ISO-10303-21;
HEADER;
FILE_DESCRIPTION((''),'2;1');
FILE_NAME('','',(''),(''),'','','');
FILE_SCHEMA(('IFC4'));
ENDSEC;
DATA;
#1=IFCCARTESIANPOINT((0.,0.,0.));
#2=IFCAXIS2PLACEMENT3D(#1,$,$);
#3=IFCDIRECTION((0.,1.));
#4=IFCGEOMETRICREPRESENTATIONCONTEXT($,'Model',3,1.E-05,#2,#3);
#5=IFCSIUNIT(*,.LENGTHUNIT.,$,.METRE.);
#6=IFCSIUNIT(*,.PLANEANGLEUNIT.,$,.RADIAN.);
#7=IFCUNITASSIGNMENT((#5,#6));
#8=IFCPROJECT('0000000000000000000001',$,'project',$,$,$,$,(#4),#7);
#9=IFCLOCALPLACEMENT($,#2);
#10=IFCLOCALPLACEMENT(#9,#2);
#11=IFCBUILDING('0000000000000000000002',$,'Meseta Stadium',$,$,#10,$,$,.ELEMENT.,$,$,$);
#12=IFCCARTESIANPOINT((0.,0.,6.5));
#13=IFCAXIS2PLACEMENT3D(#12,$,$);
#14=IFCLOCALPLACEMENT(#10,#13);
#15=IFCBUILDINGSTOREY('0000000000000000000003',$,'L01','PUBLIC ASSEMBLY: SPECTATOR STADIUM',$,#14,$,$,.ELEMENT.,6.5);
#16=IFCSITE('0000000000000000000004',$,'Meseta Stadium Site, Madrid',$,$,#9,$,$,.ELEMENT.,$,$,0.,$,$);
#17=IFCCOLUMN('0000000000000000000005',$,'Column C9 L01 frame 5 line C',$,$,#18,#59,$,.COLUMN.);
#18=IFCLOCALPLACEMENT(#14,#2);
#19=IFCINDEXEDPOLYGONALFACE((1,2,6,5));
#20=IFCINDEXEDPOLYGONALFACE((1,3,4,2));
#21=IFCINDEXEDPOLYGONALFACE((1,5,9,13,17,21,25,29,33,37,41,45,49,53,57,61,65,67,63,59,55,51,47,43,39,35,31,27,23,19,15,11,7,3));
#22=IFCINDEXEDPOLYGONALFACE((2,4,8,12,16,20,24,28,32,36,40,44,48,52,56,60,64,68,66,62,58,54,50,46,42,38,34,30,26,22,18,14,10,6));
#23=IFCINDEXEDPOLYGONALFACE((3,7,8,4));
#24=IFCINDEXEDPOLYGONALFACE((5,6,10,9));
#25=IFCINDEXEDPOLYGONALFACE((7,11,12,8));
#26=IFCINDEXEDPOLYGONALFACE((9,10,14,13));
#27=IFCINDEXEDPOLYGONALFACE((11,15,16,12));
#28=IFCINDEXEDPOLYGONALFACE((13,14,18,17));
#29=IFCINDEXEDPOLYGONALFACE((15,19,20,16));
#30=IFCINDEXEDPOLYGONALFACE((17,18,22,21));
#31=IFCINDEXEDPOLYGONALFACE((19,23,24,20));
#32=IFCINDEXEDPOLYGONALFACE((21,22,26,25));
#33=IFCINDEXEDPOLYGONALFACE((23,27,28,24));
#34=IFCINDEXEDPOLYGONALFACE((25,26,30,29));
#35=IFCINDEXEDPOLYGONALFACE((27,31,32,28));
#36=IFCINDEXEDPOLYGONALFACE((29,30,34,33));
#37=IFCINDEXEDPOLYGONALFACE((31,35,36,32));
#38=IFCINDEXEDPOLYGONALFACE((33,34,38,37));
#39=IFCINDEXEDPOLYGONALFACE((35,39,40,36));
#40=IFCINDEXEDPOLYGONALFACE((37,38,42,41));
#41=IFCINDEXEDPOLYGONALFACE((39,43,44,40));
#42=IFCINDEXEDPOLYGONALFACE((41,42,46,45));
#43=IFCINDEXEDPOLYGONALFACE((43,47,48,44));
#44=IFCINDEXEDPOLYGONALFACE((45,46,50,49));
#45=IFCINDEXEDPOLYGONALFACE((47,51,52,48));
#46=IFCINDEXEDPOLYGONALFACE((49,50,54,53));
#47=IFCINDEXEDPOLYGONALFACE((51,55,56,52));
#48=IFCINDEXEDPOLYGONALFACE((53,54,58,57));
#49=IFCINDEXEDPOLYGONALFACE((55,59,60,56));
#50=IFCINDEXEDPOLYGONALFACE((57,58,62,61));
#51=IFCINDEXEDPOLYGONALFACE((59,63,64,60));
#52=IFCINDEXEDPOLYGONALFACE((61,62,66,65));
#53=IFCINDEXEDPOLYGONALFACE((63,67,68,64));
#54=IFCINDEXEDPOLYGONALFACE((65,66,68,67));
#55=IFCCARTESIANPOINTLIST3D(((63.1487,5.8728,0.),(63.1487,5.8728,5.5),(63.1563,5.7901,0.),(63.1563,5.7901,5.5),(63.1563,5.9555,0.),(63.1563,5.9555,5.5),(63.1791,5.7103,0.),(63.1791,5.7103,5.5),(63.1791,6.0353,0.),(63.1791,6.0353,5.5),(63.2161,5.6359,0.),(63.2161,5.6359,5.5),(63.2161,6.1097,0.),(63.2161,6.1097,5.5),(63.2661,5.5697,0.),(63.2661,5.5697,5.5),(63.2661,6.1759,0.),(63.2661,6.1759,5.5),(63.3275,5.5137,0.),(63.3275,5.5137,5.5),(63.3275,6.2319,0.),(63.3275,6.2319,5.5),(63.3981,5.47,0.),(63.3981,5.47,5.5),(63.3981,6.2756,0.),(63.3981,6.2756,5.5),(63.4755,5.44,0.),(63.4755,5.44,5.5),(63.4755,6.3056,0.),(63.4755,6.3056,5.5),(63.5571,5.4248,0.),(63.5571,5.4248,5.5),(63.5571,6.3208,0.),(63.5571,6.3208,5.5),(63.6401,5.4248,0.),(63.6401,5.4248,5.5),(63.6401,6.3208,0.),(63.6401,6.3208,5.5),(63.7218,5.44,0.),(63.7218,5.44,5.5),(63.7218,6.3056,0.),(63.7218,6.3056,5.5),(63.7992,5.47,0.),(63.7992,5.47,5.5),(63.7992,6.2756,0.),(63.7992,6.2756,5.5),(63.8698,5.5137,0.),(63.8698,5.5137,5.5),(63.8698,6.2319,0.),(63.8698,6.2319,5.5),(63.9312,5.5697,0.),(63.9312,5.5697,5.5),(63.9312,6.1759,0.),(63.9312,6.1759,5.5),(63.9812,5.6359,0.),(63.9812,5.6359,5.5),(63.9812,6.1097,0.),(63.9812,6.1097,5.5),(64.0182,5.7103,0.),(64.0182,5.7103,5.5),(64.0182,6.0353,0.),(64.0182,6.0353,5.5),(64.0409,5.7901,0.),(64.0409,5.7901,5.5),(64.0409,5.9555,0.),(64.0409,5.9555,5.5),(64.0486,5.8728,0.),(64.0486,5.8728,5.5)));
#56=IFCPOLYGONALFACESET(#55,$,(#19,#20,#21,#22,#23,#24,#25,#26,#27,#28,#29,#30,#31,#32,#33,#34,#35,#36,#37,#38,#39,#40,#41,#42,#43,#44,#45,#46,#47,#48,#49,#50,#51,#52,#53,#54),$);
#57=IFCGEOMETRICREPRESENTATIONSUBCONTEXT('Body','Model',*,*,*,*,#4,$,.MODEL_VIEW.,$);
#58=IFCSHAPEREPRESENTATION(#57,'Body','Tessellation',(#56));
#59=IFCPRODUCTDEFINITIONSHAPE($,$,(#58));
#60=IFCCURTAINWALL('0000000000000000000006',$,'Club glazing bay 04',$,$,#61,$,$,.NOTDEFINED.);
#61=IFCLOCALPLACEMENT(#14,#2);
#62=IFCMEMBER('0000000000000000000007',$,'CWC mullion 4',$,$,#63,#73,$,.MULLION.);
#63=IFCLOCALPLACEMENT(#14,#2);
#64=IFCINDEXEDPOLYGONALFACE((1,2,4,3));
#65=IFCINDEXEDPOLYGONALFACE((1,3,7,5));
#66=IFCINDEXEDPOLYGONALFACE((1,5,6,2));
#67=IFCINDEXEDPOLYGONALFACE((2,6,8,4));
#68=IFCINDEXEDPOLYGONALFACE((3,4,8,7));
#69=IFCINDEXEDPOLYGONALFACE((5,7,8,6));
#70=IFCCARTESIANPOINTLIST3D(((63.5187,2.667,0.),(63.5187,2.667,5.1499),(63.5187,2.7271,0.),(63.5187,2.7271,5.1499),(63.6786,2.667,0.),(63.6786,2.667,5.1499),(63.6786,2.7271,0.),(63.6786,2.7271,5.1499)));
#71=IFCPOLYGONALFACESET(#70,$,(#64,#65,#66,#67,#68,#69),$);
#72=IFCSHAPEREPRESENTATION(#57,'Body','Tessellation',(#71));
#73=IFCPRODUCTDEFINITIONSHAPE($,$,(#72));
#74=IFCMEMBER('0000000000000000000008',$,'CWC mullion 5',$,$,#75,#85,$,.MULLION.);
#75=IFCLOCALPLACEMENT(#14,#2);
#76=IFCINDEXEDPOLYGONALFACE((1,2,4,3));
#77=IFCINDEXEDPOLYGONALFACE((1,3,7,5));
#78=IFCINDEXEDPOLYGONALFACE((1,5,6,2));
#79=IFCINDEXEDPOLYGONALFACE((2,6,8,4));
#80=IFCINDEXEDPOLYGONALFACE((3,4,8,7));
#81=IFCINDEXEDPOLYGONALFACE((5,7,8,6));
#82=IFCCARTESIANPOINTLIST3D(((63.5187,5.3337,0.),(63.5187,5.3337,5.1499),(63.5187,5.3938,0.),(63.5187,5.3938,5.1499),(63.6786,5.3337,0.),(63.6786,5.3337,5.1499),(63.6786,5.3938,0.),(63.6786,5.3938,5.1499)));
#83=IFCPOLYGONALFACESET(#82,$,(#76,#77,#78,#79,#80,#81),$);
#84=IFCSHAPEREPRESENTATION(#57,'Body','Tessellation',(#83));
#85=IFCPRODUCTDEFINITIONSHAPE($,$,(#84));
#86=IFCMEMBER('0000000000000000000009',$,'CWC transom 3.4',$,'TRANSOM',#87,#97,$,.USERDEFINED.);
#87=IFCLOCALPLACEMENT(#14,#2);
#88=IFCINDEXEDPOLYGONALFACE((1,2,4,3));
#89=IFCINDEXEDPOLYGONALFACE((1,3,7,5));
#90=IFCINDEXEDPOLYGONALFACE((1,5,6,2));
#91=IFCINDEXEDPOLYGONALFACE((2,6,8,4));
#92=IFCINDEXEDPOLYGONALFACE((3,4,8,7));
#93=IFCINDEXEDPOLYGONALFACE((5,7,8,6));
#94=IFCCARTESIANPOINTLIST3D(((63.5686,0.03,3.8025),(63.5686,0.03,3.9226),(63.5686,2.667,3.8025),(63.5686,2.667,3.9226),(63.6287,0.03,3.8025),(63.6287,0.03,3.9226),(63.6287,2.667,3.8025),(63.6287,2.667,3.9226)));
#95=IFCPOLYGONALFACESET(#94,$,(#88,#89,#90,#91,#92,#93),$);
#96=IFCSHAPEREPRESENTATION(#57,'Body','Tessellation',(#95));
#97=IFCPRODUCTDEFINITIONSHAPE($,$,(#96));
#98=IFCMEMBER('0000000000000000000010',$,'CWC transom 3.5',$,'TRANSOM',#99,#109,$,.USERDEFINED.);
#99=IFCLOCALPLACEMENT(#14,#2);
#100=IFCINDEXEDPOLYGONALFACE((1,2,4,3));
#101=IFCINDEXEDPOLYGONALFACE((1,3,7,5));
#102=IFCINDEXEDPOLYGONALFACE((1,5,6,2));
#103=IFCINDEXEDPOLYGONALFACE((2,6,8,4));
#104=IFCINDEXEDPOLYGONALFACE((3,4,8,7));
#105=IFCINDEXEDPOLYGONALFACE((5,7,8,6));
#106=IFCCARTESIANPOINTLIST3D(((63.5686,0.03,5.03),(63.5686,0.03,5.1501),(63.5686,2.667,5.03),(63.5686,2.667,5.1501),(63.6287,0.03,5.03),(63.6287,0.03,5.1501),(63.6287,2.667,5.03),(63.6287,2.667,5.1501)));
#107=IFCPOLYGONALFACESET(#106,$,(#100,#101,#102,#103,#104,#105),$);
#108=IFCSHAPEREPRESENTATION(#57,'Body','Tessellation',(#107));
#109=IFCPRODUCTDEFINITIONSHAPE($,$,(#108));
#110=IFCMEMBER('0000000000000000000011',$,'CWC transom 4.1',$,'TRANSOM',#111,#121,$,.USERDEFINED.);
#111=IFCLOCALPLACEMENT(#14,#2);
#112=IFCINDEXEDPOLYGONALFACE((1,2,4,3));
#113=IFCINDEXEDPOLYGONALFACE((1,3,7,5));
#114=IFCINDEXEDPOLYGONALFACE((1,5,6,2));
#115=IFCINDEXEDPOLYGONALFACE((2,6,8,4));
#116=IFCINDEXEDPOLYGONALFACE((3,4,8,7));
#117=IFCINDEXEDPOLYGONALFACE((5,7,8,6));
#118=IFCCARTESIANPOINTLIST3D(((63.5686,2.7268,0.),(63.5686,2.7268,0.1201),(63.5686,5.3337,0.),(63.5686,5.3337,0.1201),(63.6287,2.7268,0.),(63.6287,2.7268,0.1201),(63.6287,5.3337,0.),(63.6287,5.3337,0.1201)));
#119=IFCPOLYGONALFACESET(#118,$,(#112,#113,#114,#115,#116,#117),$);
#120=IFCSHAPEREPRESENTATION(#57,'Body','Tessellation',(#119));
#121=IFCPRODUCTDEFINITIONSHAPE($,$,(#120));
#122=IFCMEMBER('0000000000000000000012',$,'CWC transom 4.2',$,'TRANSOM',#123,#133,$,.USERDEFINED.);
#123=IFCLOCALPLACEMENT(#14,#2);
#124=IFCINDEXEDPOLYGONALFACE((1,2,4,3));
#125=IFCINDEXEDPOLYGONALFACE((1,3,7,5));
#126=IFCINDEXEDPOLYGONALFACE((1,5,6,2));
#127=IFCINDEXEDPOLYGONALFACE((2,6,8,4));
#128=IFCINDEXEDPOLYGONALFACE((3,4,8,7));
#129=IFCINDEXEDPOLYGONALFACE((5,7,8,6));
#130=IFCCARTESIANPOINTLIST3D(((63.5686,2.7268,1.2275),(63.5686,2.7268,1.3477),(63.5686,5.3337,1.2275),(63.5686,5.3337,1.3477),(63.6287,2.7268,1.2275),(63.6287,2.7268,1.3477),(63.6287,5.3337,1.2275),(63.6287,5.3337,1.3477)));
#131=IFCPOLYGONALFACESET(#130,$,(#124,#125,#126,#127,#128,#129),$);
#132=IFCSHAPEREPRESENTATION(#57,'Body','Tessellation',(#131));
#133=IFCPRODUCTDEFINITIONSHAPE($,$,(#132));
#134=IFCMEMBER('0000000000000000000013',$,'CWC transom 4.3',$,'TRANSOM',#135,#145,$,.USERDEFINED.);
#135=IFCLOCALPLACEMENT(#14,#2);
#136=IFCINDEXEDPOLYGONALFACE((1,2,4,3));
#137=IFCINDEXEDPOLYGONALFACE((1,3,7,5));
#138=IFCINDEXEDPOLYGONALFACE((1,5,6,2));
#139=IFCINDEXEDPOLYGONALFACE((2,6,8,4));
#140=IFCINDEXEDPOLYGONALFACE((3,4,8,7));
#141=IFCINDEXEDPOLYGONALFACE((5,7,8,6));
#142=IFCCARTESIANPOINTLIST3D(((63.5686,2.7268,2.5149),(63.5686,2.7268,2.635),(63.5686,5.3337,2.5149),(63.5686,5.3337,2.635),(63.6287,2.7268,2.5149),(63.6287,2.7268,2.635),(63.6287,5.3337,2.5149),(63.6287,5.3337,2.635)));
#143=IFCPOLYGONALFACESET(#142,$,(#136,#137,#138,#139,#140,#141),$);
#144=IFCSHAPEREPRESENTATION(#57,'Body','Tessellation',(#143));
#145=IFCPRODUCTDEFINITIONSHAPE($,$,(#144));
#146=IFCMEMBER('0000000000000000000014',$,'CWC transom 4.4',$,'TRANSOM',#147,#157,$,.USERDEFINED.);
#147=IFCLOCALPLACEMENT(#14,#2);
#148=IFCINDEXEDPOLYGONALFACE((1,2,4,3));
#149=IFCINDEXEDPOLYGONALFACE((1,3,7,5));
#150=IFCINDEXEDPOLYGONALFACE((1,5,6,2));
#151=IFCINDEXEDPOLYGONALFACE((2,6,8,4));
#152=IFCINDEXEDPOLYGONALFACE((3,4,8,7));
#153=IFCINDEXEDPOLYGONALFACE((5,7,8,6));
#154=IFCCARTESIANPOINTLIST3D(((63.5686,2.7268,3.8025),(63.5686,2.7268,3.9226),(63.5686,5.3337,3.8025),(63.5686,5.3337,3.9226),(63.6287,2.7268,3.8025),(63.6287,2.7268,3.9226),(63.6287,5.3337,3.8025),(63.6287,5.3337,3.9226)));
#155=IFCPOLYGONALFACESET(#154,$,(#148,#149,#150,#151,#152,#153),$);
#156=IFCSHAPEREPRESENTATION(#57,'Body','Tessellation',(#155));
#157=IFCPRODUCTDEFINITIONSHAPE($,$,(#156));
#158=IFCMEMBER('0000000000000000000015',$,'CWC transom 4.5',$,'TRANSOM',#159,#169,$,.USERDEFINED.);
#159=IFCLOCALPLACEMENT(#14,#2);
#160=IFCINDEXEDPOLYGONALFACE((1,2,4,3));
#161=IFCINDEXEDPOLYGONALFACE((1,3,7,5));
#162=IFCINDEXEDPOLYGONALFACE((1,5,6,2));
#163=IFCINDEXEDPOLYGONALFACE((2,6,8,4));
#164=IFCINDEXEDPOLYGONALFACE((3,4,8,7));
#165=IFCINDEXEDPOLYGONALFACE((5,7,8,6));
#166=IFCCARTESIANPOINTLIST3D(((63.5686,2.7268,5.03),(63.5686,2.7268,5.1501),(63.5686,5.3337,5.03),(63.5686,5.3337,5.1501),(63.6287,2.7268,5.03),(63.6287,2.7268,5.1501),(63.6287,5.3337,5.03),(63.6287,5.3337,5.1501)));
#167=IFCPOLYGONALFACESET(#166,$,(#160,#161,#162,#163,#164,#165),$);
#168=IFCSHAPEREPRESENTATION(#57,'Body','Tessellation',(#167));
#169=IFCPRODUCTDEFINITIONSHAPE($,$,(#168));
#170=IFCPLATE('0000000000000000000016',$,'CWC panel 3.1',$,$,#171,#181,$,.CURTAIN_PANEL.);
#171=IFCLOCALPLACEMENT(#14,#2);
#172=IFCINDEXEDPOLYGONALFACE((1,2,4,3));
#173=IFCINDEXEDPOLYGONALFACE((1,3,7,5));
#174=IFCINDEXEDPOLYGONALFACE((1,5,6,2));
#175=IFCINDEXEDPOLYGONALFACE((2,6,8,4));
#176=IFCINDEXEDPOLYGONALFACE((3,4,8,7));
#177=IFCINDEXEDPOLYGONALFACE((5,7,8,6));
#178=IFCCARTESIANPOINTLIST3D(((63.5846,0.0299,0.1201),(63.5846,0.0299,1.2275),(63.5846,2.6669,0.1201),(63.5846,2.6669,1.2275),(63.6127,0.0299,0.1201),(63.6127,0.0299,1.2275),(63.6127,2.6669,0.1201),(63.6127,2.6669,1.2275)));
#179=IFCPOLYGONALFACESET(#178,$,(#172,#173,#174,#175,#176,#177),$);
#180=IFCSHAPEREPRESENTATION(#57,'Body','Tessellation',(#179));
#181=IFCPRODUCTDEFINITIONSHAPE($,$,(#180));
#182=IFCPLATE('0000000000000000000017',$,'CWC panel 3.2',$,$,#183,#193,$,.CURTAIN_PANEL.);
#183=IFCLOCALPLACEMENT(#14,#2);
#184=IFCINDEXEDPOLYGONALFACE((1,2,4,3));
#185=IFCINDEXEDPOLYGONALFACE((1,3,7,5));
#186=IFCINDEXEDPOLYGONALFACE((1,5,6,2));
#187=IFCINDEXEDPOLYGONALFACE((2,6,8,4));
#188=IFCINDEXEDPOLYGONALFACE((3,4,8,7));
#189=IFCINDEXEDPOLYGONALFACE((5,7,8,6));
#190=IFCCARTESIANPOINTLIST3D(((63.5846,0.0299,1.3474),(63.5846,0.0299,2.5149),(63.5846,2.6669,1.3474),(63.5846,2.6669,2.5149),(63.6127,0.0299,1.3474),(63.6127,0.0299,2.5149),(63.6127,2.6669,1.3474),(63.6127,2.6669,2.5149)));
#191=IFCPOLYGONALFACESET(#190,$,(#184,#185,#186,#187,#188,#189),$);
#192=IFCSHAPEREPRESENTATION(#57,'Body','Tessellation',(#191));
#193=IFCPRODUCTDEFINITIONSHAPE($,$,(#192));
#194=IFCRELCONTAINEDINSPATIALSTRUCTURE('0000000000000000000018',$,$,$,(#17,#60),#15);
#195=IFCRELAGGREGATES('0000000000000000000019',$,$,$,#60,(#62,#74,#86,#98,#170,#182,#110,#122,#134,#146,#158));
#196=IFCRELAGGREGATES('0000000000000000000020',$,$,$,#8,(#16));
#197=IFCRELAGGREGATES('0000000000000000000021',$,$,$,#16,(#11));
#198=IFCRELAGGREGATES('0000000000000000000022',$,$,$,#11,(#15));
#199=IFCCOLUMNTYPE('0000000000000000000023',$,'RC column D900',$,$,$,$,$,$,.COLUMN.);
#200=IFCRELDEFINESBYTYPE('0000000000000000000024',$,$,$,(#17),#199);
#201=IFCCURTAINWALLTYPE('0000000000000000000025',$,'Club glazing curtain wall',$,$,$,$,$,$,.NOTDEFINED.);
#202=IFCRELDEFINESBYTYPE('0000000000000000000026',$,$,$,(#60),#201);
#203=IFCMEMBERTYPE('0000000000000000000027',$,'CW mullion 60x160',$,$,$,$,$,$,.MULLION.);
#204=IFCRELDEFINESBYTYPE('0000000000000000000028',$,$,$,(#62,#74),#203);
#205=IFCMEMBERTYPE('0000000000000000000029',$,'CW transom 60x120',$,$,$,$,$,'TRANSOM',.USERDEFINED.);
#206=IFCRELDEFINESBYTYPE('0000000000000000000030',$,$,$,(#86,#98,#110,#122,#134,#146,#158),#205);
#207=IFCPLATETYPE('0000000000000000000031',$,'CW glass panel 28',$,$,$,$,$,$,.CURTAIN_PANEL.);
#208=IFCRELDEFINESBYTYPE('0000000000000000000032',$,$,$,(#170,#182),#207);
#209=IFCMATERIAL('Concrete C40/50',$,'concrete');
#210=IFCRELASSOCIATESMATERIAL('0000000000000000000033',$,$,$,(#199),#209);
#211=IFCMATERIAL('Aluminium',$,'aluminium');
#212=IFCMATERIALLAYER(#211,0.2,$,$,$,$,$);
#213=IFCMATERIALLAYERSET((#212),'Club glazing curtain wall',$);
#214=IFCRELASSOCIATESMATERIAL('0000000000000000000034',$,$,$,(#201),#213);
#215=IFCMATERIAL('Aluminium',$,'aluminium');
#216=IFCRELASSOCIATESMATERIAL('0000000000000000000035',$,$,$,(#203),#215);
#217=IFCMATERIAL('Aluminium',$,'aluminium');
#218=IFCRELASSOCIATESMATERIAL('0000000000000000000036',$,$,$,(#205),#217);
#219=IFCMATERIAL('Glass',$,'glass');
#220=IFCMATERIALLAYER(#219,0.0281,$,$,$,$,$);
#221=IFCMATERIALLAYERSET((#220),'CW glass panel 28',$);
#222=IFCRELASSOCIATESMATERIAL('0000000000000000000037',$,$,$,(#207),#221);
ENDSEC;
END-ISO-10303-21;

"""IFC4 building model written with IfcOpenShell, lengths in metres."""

from ifc_helpers import new_model, si_unit, direction, frame, origin, origin_2d, place, context, subcontext, project, spatial, rectangle, circle, extrude, material, layer, layer_set, material_profile, profile_set, type_object, element, aggregate, save


model = new_model("IFC4")

# Units and contexts
model_context = context("Model", 3, precision=1e-05, world=origin(), true_north=direction((0.0, 1.0)))
body_context = subcontext(model_context, "Body", "Model", "MODEL_VIEW")
ifc_project = project(units=[si_unit("LENGTHUNIT", "METRE"), si_unit("PLANEANGLEUNIT", "RADIAN")], contexts=[model_context])

# Site, building, storey
site_placement = place(None, origin())
site = spatial("IfcSite", under=ifc_project, at=site_placement, Name="Meseta Stadium Site, Madrid", CompositionType="ELEMENT", RefElevation=0.0)
building_placement = place(site_placement, origin())
building = spatial("IfcBuilding", under=site, at=building_placement, Name="Meseta Stadium", CompositionType="ELEMENT")
storey_placement = place(building_placement, frame((0.0, 0.0, 6.5)))
storey = spatial("IfcBuildingStorey", under=building, at=storey_placement, Name="L01", Description="PUBLIC ASSEMBLY: SPECTATOR STADIUM", CompositionType="ELEMENT", Elevation=6.5)

# Column
ifc_material_1 = material(Name="Concrete C40/50", Category="concrete")
ifc_material_profile_1 = material_profile(ifc_material_1, circle(Radius=0.45, at=origin_2d()), Name="RC D900")
ifc_profile_set_1 = profile_set([ifc_material_profile_1], Name="Concrete C40/50")
column_type = type_object("IfcColumnType", Name="RC column D900", PredefinedType="COLUMN", material=ifc_profile_set_1)
column_placement = place(storey_placement, frame((63.5986, 5.8728, 0.0), z_axis=(0.0, 0.0, 1.0), x_axis=(1.0, 0.0, 0.0)))
element("IfcColumn", 1, at=column_placement, inside=storey, type_object=column_type, Name="Column C9 L01 frame 5 line C", PredefinedType="COLUMN", context=body_context, shape_type="SweptSolid", body=[
    extrude(circle(Radius=0.45, at=origin_2d()), origin(), (0.0, 0.0, 1.0), 5.5),
])

# Curtain wall, members, plates
ifc_material_2 = material(Name="Aluminium", Category="aluminium")
ifc_layer_1 = layer(ifc_material_2, 0.2)
ifc_layer_set_1 = layer_set([ifc_layer_1], Name="Club glazing curtain wall")
curtain_wall_type = type_object("IfcCurtainWallType", Name="Club glazing curtain wall", PredefinedType="NOTDEFINED", material=ifc_layer_set_1)
curtain_wall_placement = place(storey_placement, origin())
curtain_wall = element("IfcCurtainWall", 2, at=curtain_wall_placement, inside=storey, type_object=curtain_wall_type, Name="Club glazing bay 04", PredefinedType="NOTDEFINED")
ifc_material_3 = material(Name="Aluminium", Category="aluminium")
ifc_material_profile_2 = material_profile(ifc_material_3, rectangle(XDim=0.1599, YDim=0.0601, at=origin_2d()), Name="CW 160x60")
ifc_profile_set_2 = profile_set([ifc_material_profile_2], Name="Aluminium")
member_type_1 = type_object("IfcMemberType", Name="CW mullion 60x160", PredefinedType="MULLION", material=ifc_profile_set_2)
member_1_placement = place(storey_placement, frame((63.5986, 2.697, 0.0), z_axis=(0.0, 0.0, 1.0), x_axis=(-1.0, 0.0, 0.0)))
member_1 = element("IfcMember", 3, at=member_1_placement, type_object=member_type_1, Name="CWC mullion 4", PredefinedType="MULLION", context=body_context, shape_type="SweptSolid", body=[
    extrude(rectangle(XDim=0.1599, YDim=0.0601, at=origin_2d()), origin(), (0.0, 0.0, 1.0), 5.1499),
])
member_2_placement = place(storey_placement, frame((63.5986, 5.3638, 0.0), z_axis=(0.0, 0.0, 1.0), x_axis=(-1.0, 0.0, 0.0)))
member_2 = element("IfcMember", 4, at=member_2_placement, type_object=member_type_1, Name="CWC mullion 5", PredefinedType="MULLION", context=body_context, shape_type="SweptSolid", body=[
    extrude(rectangle(XDim=0.1599, YDim=0.0601, at=origin_2d()), origin(), (0.0, 0.0, 1.0), 5.1499),
])
ifc_material_4 = material(Name="Aluminium", Category="aluminium")
ifc_material_profile_3 = material_profile(ifc_material_4, rectangle(XDim=0.0601, YDim=0.1201, at=origin_2d()), Name="CW 60x120")
ifc_profile_set_3 = profile_set([ifc_material_profile_3], Name="Aluminium")
member_type_2 = type_object("IfcMemberType", Name="CW transom 60x120", ElementType="TRANSOM", PredefinedType="USERDEFINED", material=ifc_profile_set_3)
member_3_placement = place(storey_placement, frame((63.5986, 0.03, 3.8625), z_axis=(0.0, 1.0, 0.0), x_axis=(-1.0, 0.0, 0.0)))
member_3 = element("IfcMember", 5, at=member_3_placement, type_object=member_type_2, Name="CWC transom 3.4", ObjectType="TRANSOM", PredefinedType="USERDEFINED", context=body_context, shape_type="SweptSolid", body=[
    extrude(rectangle(XDim=0.0601, YDim=0.1201, at=origin_2d()), origin(), (0.0, 0.0, 1.0), 2.637),
])
member_4_placement = place(storey_placement, frame((63.5986, 0.03, 5.0901), z_axis=(0.0, 1.0, 0.0), x_axis=(-1.0, 0.0, 0.0)))
member_4 = element("IfcMember", 6, at=member_4_placement, type_object=member_type_2, Name="CWC transom 3.5", ObjectType="TRANSOM", PredefinedType="USERDEFINED", context=body_context, shape_type="SweptSolid", body=[
    extrude(rectangle(XDim=0.0601, YDim=0.1201, at=origin_2d()), origin(), (0.0, 0.0, 1.0), 2.637),
])
member_5_placement = place(storey_placement, frame((63.5986, 2.7268, 0.0601), z_axis=(0.0, 1.0, 0.0), x_axis=(-1.0, 0.0, 0.0)))
member_5 = element("IfcMember", 7, at=member_5_placement, type_object=member_type_2, Name="CWC transom 4.1", ObjectType="TRANSOM", PredefinedType="USERDEFINED", context=body_context, shape_type="SweptSolid", body=[
    extrude(rectangle(XDim=0.0601, YDim=0.1201, at=origin_2d()), origin(), (0.0, 0.0, 1.0), 2.6069),
])
member_6_placement = place(storey_placement, frame((63.5986, 2.7268, 1.2876), z_axis=(0.0, 1.0, 0.0), x_axis=(-1.0, 0.0, 0.0)))
member_6 = element("IfcMember", 8, at=member_6_placement, type_object=member_type_2, Name="CWC transom 4.2", ObjectType="TRANSOM", PredefinedType="USERDEFINED", context=body_context, shape_type="SweptSolid", body=[
    extrude(rectangle(XDim=0.0601, YDim=0.1201, at=origin_2d()), origin(), (0.0, 0.0, 1.0), 2.6069),
])
member_7_placement = place(storey_placement, frame((63.5986, 2.7268, 2.575), z_axis=(0.0, 1.0, 0.0), x_axis=(-1.0, 0.0, 0.0)))
member_7 = element("IfcMember", 9, at=member_7_placement, type_object=member_type_2, Name="CWC transom 4.3", ObjectType="TRANSOM", PredefinedType="USERDEFINED", context=body_context, shape_type="SweptSolid", body=[
    extrude(rectangle(XDim=0.0601, YDim=0.1201, at=origin_2d()), origin(), (0.0, 0.0, 1.0), 2.6069),
])
member_8_placement = place(storey_placement, frame((63.5986, 2.7268, 3.8625), z_axis=(0.0, 1.0, 0.0), x_axis=(-1.0, 0.0, 0.0)))
member_8 = element("IfcMember", 10, at=member_8_placement, type_object=member_type_2, Name="CWC transom 4.4", ObjectType="TRANSOM", PredefinedType="USERDEFINED", context=body_context, shape_type="SweptSolid", body=[
    extrude(rectangle(XDim=0.0601, YDim=0.1201, at=origin_2d()), origin(), (0.0, 0.0, 1.0), 2.6069),
])
member_9_placement = place(storey_placement, frame((63.5986, 2.7268, 5.0901), z_axis=(0.0, 1.0, 0.0), x_axis=(-1.0, 0.0, 0.0)))
member_9 = element("IfcMember", 11, at=member_9_placement, type_object=member_type_2, Name="CWC transom 4.5", ObjectType="TRANSOM", PredefinedType="USERDEFINED", context=body_context, shape_type="SweptSolid", body=[
    extrude(rectangle(XDim=0.0601, YDim=0.1201, at=origin_2d()), origin(), (0.0, 0.0, 1.0), 2.6069),
])
ifc_material_5 = material(Name="Glass", Category="glass")
ifc_layer_2 = layer(ifc_material_5, 0.0281)
ifc_layer_set_2 = layer_set([ifc_layer_2], Name="CW glass panel 28")
plate_type = type_object("IfcPlateType", Name="CW glass panel 28", PredefinedType="CURTAIN_PANEL", material=ifc_layer_set_2)
plate_1_placement = place(storey_placement, frame((63.5986, 1.3484, 0.1201), z_axis=(0.0, 0.0, 1.0), x_axis=(0.0, 1.0, 0.0)))
plate_1 = element("IfcPlate", 12, at=plate_1_placement, type_object=plate_type, Name="CWC panel 3.1", PredefinedType="CURTAIN_PANEL", context=body_context, shape_type="SweptSolid", body=[
    extrude(rectangle(XDim=2.637, YDim=0.0281, at=origin_2d()), origin(), (0.0, 0.0, 1.0), 1.1074),
])
plate_2_placement = place(storey_placement, frame((63.5986, 1.3484, 1.3474), z_axis=(0.0, 0.0, 1.0), x_axis=(0.0, 1.0, 0.0)))
plate_2 = element("IfcPlate", 13, at=plate_2_placement, type_object=plate_type, Name="CWC panel 3.2", PredefinedType="CURTAIN_PANEL", context=body_context, shape_type="SweptSolid", body=[
    extrude(rectangle(XDim=2.637, YDim=0.0281, at=origin_2d()), origin(), (0.0, 0.0, 1.0), 1.1675),
])
aggregate(curtain_wall, [member_1, member_2, member_3, member_4, plate_1, plate_2, member_5, member_6, member_7, member_8, member_9])

save(model, "model.ifc")
